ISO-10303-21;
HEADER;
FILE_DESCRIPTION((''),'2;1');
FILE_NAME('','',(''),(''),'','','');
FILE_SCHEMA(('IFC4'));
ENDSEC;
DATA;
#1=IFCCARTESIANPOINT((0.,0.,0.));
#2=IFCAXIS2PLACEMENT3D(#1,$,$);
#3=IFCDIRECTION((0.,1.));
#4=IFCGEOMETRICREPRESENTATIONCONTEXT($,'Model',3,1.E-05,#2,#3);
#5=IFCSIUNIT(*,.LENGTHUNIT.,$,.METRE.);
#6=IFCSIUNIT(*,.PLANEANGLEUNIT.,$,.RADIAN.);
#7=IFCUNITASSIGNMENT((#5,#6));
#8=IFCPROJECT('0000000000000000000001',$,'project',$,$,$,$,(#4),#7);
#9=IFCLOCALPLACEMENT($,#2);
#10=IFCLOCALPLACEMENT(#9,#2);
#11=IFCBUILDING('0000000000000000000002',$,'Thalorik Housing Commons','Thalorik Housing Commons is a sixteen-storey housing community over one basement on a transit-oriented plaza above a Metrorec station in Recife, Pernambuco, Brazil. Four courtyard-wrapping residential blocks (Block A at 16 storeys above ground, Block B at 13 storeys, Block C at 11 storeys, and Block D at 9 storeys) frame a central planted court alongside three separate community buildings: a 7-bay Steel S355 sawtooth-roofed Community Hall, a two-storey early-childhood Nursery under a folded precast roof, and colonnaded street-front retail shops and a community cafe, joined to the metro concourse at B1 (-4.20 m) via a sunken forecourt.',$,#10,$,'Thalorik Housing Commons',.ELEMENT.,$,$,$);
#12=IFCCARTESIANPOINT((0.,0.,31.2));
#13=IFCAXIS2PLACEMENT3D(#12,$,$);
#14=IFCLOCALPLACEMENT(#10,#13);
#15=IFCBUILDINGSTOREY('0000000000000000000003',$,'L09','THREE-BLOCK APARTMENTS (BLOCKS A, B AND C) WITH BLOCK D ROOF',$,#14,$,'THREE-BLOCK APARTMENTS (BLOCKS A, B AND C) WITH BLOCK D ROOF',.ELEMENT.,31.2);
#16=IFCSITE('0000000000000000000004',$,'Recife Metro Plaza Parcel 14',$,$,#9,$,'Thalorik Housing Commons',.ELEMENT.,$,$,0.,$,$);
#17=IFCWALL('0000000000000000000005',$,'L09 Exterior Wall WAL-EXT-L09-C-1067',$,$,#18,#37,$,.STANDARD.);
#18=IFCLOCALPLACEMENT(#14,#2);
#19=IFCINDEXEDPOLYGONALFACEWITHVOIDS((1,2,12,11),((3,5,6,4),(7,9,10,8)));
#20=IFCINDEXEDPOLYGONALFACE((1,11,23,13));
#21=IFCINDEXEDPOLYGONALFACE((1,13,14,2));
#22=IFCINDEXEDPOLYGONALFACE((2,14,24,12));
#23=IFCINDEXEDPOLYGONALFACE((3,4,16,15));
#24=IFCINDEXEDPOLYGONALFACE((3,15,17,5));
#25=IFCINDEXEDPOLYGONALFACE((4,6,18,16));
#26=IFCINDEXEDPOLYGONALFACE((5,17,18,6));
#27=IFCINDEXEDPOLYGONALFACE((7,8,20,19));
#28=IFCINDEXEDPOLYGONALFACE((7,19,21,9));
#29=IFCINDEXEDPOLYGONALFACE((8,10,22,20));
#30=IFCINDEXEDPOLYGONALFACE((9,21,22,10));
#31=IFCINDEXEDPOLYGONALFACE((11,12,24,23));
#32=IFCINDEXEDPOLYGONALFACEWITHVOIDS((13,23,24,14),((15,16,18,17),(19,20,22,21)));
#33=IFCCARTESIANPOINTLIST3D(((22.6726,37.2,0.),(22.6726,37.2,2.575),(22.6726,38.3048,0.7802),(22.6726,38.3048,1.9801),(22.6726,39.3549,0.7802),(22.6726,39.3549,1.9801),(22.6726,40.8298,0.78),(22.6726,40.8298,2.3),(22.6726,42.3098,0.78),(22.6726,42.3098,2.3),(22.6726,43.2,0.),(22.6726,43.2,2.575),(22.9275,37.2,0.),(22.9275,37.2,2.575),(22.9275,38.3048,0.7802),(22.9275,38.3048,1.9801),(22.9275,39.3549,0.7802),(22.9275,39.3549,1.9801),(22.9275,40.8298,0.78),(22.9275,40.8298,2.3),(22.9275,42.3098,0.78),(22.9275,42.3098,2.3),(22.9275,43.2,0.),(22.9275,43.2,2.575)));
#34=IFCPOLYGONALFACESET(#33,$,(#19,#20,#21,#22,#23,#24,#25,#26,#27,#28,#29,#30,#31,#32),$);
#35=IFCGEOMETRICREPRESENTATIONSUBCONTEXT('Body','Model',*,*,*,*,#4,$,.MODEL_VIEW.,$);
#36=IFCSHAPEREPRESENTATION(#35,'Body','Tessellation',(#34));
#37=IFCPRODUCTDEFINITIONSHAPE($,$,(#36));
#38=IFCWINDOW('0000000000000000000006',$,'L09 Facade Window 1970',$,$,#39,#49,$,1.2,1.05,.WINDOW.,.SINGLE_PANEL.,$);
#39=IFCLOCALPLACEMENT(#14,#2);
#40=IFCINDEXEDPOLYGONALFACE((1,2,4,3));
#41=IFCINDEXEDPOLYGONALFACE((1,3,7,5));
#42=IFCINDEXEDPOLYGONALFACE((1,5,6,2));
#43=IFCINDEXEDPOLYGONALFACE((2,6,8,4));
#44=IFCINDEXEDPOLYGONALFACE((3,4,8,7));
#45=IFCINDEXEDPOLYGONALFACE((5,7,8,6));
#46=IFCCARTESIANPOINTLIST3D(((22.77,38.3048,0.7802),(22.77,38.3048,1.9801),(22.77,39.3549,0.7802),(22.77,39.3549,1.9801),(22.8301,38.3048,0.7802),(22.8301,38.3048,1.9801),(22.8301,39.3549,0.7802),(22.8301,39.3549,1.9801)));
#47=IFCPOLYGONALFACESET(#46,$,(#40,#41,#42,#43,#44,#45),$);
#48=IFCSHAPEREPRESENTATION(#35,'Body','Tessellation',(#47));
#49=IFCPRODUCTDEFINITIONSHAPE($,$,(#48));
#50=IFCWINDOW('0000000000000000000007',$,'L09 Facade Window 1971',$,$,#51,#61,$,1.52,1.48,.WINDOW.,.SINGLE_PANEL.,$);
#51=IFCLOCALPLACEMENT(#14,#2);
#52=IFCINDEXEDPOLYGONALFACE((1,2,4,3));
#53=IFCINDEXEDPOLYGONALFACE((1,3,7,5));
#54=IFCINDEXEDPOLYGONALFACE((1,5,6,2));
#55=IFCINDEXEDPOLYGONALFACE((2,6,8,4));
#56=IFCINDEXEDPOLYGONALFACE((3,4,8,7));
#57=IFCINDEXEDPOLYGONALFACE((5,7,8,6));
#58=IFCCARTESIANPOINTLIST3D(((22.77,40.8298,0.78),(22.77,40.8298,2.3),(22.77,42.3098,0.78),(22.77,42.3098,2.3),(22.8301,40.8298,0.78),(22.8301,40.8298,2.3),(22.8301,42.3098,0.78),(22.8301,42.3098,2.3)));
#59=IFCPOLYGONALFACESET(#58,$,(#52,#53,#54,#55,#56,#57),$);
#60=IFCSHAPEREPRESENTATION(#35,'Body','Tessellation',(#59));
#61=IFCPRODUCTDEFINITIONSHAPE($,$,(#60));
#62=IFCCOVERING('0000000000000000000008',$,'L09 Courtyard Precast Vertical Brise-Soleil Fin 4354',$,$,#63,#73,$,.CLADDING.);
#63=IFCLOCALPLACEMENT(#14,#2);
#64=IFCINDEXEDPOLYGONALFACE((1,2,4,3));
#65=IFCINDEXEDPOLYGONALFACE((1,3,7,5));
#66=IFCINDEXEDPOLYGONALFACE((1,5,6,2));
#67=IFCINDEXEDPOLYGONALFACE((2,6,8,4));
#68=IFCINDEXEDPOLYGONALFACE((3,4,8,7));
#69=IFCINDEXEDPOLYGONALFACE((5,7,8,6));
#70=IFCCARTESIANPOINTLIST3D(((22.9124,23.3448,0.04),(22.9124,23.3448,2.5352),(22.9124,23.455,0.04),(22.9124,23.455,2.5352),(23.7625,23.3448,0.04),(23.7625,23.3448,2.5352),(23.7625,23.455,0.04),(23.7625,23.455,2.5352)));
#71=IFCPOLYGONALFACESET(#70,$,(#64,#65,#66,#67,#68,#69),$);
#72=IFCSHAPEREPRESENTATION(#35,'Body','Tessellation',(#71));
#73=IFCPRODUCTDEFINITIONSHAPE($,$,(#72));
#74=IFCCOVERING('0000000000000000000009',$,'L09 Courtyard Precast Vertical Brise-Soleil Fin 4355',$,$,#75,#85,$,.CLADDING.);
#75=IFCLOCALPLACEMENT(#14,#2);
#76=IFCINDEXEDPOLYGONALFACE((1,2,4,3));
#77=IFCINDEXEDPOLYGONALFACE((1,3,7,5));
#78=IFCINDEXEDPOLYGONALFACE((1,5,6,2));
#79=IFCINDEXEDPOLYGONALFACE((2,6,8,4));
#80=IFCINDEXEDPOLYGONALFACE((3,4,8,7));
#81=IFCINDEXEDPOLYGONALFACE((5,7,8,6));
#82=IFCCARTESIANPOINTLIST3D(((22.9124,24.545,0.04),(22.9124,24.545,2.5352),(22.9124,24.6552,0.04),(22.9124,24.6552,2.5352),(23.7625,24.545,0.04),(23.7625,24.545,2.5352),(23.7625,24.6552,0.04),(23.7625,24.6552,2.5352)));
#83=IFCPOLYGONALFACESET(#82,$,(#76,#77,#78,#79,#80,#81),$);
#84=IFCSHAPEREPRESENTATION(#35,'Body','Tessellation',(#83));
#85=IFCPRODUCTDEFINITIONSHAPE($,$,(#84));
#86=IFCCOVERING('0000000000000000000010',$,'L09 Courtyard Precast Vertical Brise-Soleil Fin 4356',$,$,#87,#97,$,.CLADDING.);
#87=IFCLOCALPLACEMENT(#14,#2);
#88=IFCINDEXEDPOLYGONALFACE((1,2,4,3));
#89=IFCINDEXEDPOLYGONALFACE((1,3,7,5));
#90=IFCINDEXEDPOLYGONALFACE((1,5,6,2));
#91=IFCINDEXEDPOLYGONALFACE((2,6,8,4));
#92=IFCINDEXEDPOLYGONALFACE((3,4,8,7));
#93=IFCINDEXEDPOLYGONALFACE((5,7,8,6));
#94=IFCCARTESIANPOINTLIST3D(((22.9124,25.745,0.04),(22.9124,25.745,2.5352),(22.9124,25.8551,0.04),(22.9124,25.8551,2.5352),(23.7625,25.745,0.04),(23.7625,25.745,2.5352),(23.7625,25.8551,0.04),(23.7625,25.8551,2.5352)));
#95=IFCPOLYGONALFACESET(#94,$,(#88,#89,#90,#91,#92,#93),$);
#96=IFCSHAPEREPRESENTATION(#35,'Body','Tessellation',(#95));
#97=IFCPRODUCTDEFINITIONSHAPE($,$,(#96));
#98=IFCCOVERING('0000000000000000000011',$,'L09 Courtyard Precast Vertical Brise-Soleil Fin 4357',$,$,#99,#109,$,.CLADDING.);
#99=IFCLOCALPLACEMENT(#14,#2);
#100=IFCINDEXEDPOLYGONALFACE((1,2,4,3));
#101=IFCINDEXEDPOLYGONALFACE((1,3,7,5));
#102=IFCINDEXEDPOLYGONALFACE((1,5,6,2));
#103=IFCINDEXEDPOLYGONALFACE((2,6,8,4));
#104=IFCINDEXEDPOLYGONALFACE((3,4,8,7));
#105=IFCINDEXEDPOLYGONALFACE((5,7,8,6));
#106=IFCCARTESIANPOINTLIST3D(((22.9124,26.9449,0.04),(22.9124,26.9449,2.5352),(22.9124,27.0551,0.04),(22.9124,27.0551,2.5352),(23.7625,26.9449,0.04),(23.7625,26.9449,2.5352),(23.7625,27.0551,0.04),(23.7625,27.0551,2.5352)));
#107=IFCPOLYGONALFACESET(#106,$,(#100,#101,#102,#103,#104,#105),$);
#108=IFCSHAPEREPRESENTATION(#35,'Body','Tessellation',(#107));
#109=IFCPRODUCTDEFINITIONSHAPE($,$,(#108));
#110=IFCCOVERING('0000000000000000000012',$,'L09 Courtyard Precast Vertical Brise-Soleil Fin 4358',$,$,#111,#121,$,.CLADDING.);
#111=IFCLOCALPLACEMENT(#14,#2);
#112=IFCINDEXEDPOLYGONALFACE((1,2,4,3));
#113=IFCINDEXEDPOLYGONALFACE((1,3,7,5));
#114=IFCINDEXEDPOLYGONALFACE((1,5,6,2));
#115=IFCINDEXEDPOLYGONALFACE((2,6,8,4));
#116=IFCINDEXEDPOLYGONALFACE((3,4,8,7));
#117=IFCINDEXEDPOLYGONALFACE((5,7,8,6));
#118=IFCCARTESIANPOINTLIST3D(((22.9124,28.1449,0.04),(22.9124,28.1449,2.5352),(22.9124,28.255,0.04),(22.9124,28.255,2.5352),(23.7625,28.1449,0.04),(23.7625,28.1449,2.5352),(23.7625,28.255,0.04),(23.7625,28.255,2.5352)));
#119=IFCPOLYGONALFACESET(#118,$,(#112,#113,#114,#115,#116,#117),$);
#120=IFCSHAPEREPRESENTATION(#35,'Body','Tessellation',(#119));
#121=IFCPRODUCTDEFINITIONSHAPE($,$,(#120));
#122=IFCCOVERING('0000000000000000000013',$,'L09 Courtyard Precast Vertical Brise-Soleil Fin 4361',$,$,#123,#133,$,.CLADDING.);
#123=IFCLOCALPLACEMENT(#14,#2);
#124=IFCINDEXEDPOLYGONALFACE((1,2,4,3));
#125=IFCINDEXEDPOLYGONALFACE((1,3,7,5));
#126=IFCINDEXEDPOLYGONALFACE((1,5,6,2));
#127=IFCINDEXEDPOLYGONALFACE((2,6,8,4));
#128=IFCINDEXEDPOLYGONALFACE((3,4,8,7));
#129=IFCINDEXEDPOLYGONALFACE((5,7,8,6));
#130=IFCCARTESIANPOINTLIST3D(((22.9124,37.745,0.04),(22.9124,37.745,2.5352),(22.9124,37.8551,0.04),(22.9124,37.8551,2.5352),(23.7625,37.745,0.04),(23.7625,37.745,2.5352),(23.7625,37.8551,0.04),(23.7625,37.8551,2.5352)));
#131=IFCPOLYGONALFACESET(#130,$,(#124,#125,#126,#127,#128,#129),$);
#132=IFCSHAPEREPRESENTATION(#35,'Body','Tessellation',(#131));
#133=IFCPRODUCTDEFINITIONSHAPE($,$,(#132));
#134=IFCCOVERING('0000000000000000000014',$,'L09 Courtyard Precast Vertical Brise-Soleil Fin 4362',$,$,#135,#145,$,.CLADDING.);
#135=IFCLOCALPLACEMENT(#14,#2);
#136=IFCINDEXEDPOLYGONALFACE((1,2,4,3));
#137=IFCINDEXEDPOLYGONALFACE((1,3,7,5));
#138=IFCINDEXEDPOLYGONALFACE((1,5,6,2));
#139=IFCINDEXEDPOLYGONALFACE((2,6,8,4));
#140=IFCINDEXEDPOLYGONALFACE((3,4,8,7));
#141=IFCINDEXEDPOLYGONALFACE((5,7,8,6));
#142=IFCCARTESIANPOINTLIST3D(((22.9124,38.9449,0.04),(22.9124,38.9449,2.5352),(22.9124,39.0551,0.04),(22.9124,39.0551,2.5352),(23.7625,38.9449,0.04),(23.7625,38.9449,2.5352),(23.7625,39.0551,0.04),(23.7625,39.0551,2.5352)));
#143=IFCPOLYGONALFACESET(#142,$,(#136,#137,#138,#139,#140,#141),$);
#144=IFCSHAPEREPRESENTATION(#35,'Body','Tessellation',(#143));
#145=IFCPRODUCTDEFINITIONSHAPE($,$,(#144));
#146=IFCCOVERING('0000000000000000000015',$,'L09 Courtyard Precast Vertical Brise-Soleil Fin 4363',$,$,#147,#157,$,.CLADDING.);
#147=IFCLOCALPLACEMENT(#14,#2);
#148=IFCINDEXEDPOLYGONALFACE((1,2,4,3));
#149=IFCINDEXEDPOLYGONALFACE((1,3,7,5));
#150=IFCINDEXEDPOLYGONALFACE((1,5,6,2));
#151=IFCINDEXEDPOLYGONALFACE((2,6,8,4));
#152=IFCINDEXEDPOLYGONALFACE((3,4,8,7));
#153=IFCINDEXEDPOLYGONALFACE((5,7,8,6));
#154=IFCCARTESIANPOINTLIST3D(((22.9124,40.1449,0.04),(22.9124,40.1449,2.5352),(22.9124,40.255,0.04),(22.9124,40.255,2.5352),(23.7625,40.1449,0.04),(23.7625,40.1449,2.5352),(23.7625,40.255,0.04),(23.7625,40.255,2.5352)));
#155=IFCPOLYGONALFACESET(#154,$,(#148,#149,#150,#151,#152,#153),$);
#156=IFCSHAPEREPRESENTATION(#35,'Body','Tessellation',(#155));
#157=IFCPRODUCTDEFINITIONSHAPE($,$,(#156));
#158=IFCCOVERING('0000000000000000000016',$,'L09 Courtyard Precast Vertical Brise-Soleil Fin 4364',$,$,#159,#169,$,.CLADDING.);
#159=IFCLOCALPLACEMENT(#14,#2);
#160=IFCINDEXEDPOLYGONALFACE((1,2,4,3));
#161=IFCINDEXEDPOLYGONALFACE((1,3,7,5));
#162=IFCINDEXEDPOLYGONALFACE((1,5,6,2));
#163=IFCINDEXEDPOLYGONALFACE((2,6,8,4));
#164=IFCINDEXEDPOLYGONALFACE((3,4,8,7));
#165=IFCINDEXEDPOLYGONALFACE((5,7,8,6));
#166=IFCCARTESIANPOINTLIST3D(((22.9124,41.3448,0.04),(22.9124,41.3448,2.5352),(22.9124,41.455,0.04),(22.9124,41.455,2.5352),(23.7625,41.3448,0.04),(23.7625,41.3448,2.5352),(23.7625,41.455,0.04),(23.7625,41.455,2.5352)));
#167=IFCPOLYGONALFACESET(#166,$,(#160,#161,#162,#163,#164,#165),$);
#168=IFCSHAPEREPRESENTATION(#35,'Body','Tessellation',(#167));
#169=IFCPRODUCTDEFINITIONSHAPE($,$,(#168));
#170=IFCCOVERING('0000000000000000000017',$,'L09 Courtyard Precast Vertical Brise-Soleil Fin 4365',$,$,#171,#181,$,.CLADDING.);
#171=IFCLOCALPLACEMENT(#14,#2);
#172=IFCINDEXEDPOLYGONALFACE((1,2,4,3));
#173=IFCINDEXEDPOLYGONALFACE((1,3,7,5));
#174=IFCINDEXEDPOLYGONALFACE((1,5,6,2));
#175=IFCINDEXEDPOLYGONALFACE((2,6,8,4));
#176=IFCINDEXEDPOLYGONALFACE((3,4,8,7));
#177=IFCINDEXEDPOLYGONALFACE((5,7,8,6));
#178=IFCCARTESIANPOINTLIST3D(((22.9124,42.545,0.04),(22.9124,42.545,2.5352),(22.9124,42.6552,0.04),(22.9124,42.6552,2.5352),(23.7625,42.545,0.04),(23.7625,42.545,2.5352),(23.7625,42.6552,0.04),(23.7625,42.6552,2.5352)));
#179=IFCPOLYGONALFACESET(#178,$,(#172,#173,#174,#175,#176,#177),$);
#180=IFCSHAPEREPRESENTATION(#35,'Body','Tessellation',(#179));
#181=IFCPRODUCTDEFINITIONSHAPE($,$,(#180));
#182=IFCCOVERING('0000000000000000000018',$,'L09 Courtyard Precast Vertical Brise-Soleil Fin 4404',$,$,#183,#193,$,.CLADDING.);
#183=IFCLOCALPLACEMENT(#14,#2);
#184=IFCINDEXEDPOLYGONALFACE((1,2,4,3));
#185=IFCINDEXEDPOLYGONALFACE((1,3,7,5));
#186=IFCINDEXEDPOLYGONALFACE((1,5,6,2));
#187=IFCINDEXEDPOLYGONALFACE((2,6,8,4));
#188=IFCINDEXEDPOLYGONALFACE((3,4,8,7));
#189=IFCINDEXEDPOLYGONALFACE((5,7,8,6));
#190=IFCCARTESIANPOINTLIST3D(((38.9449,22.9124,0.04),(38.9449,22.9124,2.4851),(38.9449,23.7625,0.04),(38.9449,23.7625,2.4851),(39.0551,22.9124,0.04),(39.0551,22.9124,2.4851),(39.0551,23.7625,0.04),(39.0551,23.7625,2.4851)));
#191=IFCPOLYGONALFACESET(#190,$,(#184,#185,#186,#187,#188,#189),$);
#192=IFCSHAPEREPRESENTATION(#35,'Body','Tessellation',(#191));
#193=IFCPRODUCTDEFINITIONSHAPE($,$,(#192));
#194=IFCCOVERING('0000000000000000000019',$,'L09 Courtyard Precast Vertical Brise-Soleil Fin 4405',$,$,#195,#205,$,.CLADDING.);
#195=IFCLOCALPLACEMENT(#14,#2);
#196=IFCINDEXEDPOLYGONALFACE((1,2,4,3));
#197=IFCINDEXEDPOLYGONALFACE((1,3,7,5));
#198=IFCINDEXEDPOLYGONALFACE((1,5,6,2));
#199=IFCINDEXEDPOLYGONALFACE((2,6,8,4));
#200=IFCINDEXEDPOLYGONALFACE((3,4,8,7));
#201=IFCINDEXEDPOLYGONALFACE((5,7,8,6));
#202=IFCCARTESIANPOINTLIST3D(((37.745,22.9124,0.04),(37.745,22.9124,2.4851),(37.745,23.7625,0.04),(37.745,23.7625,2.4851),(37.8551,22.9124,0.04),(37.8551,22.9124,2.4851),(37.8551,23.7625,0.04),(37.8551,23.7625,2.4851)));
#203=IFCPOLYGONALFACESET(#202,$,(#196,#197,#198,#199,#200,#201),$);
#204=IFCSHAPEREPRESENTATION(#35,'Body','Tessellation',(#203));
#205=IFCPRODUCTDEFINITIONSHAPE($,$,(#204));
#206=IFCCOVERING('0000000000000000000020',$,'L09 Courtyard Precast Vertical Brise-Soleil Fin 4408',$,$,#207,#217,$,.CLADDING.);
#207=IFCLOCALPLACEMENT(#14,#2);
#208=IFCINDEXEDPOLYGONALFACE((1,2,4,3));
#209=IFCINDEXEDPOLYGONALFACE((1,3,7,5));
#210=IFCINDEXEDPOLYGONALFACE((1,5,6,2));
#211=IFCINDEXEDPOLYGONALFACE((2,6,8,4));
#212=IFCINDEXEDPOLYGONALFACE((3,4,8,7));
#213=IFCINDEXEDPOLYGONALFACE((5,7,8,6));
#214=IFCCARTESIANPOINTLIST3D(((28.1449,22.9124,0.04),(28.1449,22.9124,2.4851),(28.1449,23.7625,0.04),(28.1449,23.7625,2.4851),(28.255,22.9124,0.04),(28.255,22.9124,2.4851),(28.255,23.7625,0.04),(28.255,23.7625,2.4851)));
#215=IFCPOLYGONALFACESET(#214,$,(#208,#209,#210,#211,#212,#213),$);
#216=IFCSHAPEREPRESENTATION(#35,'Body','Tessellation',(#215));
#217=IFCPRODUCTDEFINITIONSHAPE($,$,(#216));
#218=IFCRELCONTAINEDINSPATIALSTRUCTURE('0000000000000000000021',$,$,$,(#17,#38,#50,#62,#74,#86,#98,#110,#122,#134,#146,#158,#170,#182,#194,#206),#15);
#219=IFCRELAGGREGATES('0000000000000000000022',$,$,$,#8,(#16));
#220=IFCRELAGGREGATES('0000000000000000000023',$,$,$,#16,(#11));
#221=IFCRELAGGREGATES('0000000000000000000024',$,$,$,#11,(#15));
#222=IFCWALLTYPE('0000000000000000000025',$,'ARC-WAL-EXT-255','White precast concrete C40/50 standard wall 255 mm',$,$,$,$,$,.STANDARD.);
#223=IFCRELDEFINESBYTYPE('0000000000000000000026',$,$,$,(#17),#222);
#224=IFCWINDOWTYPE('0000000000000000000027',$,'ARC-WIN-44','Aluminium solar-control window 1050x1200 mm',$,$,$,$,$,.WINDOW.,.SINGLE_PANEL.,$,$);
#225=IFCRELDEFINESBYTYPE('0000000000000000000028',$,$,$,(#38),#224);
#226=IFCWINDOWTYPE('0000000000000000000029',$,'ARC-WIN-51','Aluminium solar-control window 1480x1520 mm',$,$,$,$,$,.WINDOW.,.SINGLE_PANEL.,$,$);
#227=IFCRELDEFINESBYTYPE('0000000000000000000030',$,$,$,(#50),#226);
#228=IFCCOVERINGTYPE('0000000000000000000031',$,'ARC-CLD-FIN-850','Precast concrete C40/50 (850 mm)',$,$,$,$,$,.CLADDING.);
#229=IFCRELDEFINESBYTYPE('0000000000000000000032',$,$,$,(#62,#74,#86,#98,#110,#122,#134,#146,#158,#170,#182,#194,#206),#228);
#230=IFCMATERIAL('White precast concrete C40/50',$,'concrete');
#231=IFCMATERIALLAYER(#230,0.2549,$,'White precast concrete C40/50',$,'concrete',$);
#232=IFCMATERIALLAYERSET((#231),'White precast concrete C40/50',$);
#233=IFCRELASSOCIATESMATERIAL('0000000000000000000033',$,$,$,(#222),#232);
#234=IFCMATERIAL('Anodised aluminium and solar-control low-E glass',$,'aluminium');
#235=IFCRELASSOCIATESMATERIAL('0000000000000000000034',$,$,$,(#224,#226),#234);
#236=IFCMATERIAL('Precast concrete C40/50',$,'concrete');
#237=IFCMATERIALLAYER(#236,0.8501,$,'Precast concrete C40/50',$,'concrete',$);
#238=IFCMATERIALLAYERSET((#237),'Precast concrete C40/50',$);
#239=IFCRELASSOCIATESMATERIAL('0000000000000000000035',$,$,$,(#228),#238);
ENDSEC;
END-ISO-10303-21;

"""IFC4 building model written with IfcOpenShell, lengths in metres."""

from ifc_helpers import new_model, si_unit, direction, frame, frame_2d, origin, origin_2d, place, context, subcontext, project, spatial, rectangle, extrude, material, layer, layer_set, type_object, element, fill, save


model = new_model("IFC4")

# Units and contexts
model_context = context("Model", 3, precision=1e-05, world=origin(), true_north=direction((0.0, 1.0)))
body_context = subcontext(model_context, "Body", "Model", "MODEL_VIEW")
ifc_project = project(units=[si_unit("LENGTHUNIT", "METRE"), si_unit("PLANEANGLEUNIT", "RADIAN")], contexts=[model_context])

# Site, building, storey
site_placement = place(None, origin())
site = spatial("IfcSite", under=ifc_project, at=site_placement, Name="Recife Metro Plaza Parcel 14", LongName="Thalorik Housing Commons", CompositionType="ELEMENT", RefElevation=0.0)
building_placement = place(site_placement, origin())
building = spatial("IfcBuilding", under=site, at=building_placement, Name="Thalorik Housing Commons", Description="Thalorik Housing Commons is a sixteen-storey housing community over one basement on a transit-oriented plaza above a Metrorec station in Recife, Pernambuco, Brazil. Four courtyard-wrapping residential blocks (Block A at 16 storeys above ground, Block B at 13 storeys, Block C at 11 storeys, and Block D at 9 storeys) frame a central planted court alongside three separate community buildings: a 7-bay Steel S355 sawtooth-roofed Community Hall, a two-storey early-childhood Nursery under a folded precast roof, and colonnaded street-front retail shops and a community cafe, joined to the metro concourse at B1 (-4.20 m) via a sunken forecourt.", LongName="Thalorik Housing Commons", CompositionType="ELEMENT")
storey_placement = place(building_placement, frame((0.0, 0.0, 31.2)))
storey = spatial("IfcBuildingStorey", under=building, at=storey_placement, Name="L09", Description="THREE-BLOCK APARTMENTS (BLOCKS A, B AND C) WITH BLOCK D ROOF", LongName="THREE-BLOCK APARTMENTS (BLOCKS A, B AND C) WITH BLOCK D ROOF", CompositionType="ELEMENT", Elevation=31.2)

# Shared definitions
ifc_material_1 = material(Name="Precast concrete C40/50", Category="concrete")

# Shared definitions
ifc_material_2 = material(Name="Anodised aluminium and solar-control low-E glass", Category="aluminium")

# Shared definitions
ifc_material_3 = material(Name="White precast concrete C40/50", Category="concrete")
ifc_layer_1 = layer(ifc_material_3, 0.2549, Name="White precast concrete C40/50", Category="concrete")
ifc_layer_set_1 = layer_set([ifc_layer_1], Name="White precast concrete C40/50")
wall_type = type_object("IfcWallType", Name="ARC-WAL-EXT-255", Description="White precast concrete C40/50 standard wall 255 mm", PredefinedType="STANDARD", material=ifc_layer_set_1)

# Wall, openings, windows
wall_1_placement = place(storey_placement, frame((22.8, 37.2, 0.0), z_axis=(0.0, 0.0, 1.0), x_axis=(0.0, 1.0, 0.0)))
wall_1 = element("IfcWall", 1, at=wall_1_placement, inside=storey, type_object=wall_type, Name="L09 Exterior Wall WAL-EXT-L09-C-1067", PredefinedType="STANDARD", context=body_context, shape_type="SweptSolid", body=[
    extrude(rectangle(XDim=6.0, YDim=0.2549, at=frame_2d((3.0, 0.0))), origin(), (0.0, 0.0, 1.0), 2.575),
])
opening_1_placement = place(wall_1_placement, frame((1.105, 0.0, 0.78)))
opening_1 = element("IfcOpeningElement", 2, at=opening_1_placement, cuts=wall_1, PredefinedType="OPENING", context=body_context, shape_type="SweptSolid", body=[
    extrude(rectangle(XDim=1.05, YDim=1.2, at=frame_2d((0.5249, 0.6001))), frame((0.0, 0.1375, 0.0), z_axis=(0.0, -1.0, 0.0), x_axis=(1.0, 0.0, 0.0)), (0.0, 0.0, 1.0), 0.2749),
])
opening_2_placement = place(wall_1_placement, frame((3.6299, 0.0, 0.78)))
opening_2 = element("IfcOpeningElement", 3, at=opening_2_placement, cuts=wall_1, PredefinedType="OPENING", context=body_context, shape_type="SweptSolid", body=[
    extrude(rectangle(XDim=1.48, YDim=1.52, at=frame_2d((0.74, 0.76))), frame((0.0, 0.1375, 0.0), z_axis=(0.0, -1.0, 0.0), x_axis=(1.0, 0.0, 0.0)), (0.0, 0.0, 1.0), 0.2749),
])
window_type_1 = type_object("IfcWindowType", Name="ARC-WIN-44", Description="Aluminium solar-control window 1050x1200 mm", PartitioningType="SINGLE_PANEL", PredefinedType="WINDOW", material=ifc_material_2)
window_1_placement = place(opening_1_placement, origin())
window_1 = element("IfcWindow", 4, at=window_1_placement, inside=storey, type_object=window_type_1, Name="L09 Facade Window 1970", OverallHeight=1.2, OverallWidth=1.05, PartitioningType="SINGLE_PANEL", PredefinedType="WINDOW", context=body_context, shape_type="SweptSolid", body=[
    extrude(rectangle(XDim=1.05, YDim=1.2, at=frame_2d((0.5249, 0.6001))), frame((0.0, 0.03, 0.0), z_axis=(0.0, -1.0, 0.0), x_axis=(1.0, 0.0, 0.0)), (0.0, 0.0, 1.0), 0.0601),
])
fill(opening_1, window_1)
window_type_2 = type_object("IfcWindowType", Name="ARC-WIN-51", Description="Aluminium solar-control window 1480x1520 mm", PartitioningType="SINGLE_PANEL", PredefinedType="WINDOW", material=ifc_material_2)
window_2_placement = place(opening_2_placement, origin())
window_2 = element("IfcWindow", 5, at=window_2_placement, inside=storey, type_object=window_type_2, Name="L09 Facade Window 1971", OverallHeight=1.52, OverallWidth=1.48, PartitioningType="SINGLE_PANEL", PredefinedType="WINDOW", context=body_context, shape_type="SweptSolid", body=[
    extrude(rectangle(XDim=1.48, YDim=1.52, at=frame_2d((0.74, 0.76))), frame((0.0, 0.03, 0.0), z_axis=(0.0, -1.0, 0.0), x_axis=(1.0, 0.0, 0.0)), (0.0, 0.0, 1.0), 0.0601),
])
fill(opening_2, window_2)

# Coverings
ifc_layer_2 = layer(ifc_material_1, 0.8501, Name="Precast concrete C40/50", Category="concrete")
ifc_layer_set_2 = layer_set([ifc_layer_2], Name="Precast concrete C40/50")
covering_type_1 = type_object("IfcCoveringType", Name="ARC-CLD-FIN-850", Description="Precast concrete C40/50 (850 mm)", PredefinedType="CLADDING", material=ifc_layer_set_2)
for number, where, z_axis, x_axis, name in (
    (6, (23.3374, 23.3999, 0.04), (0.0, 0.0, 1.0), (0.0, 1.0, 0.0), "L09 Courtyard Precast Vertical Brise-Soleil Fin 4354"),
    (7, (23.3374, 24.6001, 0.04), (0.0, 0.0, 1.0), (0.0, 1.0, 0.0), "L09 Courtyard Precast Vertical Brise-Soleil Fin 4355"),
    (8, (23.3374, 25.8, 0.04), (0.0, 0.0, 1.0), (0.0, 1.0, 0.0), "L09 Courtyard Precast Vertical Brise-Soleil Fin 4356"),
    (9, (23.3374, 27.0, 0.04), (0.0, 0.0, 1.0), (0.0, 1.0, 0.0), "L09 Courtyard Precast Vertical Brise-Soleil Fin 4357"),
    (10, (23.3374, 28.2, 0.04), (0.0, 0.0, 1.0), (0.0, 1.0, 0.0), "L09 Courtyard Precast Vertical Brise-Soleil Fin 4358"),
    (11, (23.3374, 37.8, 0.04), (0.0, 0.0, 1.0), (0.0, 1.0, 0.0), "L09 Courtyard Precast Vertical Brise-Soleil Fin 4361"),
    (12, (23.3374, 39.0, 0.04), (0.0, 0.0, 1.0), (0.0, 1.0, 0.0), "L09 Courtyard Precast Vertical Brise-Soleil Fin 4362"),
    (13, (23.3374, 40.2, 0.04), (0.0, 0.0, 1.0), (0.0, 1.0, 0.0), "L09 Courtyard Precast Vertical Brise-Soleil Fin 4363"),
    (14, (23.3374, 41.3999, 0.04), (0.0, 0.0, 1.0), (0.0, 1.0, 0.0), "L09 Courtyard Precast Vertical Brise-Soleil Fin 4364"),
    (15, (23.3374, 42.6001, 0.04), (0.0, 0.0, 1.0), (0.0, 1.0, 0.0), "L09 Courtyard Precast Vertical Brise-Soleil Fin 4365"),
):
    element("IfcCovering", number, at=place(storey_placement, frame(where, z_axis=z_axis, x_axis=x_axis)), inside=storey, type_object=covering_type_1, Name=name, PredefinedType="CLADDING", context=body_context, shape_type="SweptSolid", body=[
        extrude(rectangle(XDim=0.1101, YDim=0.8501, at=origin_2d()), origin(), (0.0, 0.0, 1.0), 2.4951),
    ])
for number, where, z_axis, x_axis, name in (
    (16, (39.0, 23.3374, 0.04), (0.0, 0.0, 1.0), (-1.0, 0.0, 0.0), "L09 Courtyard Precast Vertical Brise-Soleil Fin 4404"),
    (17, (37.8, 23.3374, 0.04), (0.0, 0.0, 1.0), (-1.0, 0.0, 0.0), "L09 Courtyard Precast Vertical Brise-Soleil Fin 4405"),
    (18, (28.2, 23.3374, 0.04), (0.0, 0.0, 1.0), (-1.0, 0.0, 0.0), "L09 Courtyard Precast Vertical Brise-Soleil Fin 4408"),
):
    element("IfcCovering", number, at=place(storey_placement, frame(where, z_axis=z_axis, x_axis=x_axis)), inside=storey, type_object=covering_type_1, Name=name, PredefinedType="CLADDING", context=body_context, shape_type="SweptSolid", body=[
        extrude(rectangle(XDim=0.1101, YDim=0.8501, at=origin_2d()), origin(), (0.0, 0.0, 1.0), 2.4451),
    ])

save(model, "model.ifc")
